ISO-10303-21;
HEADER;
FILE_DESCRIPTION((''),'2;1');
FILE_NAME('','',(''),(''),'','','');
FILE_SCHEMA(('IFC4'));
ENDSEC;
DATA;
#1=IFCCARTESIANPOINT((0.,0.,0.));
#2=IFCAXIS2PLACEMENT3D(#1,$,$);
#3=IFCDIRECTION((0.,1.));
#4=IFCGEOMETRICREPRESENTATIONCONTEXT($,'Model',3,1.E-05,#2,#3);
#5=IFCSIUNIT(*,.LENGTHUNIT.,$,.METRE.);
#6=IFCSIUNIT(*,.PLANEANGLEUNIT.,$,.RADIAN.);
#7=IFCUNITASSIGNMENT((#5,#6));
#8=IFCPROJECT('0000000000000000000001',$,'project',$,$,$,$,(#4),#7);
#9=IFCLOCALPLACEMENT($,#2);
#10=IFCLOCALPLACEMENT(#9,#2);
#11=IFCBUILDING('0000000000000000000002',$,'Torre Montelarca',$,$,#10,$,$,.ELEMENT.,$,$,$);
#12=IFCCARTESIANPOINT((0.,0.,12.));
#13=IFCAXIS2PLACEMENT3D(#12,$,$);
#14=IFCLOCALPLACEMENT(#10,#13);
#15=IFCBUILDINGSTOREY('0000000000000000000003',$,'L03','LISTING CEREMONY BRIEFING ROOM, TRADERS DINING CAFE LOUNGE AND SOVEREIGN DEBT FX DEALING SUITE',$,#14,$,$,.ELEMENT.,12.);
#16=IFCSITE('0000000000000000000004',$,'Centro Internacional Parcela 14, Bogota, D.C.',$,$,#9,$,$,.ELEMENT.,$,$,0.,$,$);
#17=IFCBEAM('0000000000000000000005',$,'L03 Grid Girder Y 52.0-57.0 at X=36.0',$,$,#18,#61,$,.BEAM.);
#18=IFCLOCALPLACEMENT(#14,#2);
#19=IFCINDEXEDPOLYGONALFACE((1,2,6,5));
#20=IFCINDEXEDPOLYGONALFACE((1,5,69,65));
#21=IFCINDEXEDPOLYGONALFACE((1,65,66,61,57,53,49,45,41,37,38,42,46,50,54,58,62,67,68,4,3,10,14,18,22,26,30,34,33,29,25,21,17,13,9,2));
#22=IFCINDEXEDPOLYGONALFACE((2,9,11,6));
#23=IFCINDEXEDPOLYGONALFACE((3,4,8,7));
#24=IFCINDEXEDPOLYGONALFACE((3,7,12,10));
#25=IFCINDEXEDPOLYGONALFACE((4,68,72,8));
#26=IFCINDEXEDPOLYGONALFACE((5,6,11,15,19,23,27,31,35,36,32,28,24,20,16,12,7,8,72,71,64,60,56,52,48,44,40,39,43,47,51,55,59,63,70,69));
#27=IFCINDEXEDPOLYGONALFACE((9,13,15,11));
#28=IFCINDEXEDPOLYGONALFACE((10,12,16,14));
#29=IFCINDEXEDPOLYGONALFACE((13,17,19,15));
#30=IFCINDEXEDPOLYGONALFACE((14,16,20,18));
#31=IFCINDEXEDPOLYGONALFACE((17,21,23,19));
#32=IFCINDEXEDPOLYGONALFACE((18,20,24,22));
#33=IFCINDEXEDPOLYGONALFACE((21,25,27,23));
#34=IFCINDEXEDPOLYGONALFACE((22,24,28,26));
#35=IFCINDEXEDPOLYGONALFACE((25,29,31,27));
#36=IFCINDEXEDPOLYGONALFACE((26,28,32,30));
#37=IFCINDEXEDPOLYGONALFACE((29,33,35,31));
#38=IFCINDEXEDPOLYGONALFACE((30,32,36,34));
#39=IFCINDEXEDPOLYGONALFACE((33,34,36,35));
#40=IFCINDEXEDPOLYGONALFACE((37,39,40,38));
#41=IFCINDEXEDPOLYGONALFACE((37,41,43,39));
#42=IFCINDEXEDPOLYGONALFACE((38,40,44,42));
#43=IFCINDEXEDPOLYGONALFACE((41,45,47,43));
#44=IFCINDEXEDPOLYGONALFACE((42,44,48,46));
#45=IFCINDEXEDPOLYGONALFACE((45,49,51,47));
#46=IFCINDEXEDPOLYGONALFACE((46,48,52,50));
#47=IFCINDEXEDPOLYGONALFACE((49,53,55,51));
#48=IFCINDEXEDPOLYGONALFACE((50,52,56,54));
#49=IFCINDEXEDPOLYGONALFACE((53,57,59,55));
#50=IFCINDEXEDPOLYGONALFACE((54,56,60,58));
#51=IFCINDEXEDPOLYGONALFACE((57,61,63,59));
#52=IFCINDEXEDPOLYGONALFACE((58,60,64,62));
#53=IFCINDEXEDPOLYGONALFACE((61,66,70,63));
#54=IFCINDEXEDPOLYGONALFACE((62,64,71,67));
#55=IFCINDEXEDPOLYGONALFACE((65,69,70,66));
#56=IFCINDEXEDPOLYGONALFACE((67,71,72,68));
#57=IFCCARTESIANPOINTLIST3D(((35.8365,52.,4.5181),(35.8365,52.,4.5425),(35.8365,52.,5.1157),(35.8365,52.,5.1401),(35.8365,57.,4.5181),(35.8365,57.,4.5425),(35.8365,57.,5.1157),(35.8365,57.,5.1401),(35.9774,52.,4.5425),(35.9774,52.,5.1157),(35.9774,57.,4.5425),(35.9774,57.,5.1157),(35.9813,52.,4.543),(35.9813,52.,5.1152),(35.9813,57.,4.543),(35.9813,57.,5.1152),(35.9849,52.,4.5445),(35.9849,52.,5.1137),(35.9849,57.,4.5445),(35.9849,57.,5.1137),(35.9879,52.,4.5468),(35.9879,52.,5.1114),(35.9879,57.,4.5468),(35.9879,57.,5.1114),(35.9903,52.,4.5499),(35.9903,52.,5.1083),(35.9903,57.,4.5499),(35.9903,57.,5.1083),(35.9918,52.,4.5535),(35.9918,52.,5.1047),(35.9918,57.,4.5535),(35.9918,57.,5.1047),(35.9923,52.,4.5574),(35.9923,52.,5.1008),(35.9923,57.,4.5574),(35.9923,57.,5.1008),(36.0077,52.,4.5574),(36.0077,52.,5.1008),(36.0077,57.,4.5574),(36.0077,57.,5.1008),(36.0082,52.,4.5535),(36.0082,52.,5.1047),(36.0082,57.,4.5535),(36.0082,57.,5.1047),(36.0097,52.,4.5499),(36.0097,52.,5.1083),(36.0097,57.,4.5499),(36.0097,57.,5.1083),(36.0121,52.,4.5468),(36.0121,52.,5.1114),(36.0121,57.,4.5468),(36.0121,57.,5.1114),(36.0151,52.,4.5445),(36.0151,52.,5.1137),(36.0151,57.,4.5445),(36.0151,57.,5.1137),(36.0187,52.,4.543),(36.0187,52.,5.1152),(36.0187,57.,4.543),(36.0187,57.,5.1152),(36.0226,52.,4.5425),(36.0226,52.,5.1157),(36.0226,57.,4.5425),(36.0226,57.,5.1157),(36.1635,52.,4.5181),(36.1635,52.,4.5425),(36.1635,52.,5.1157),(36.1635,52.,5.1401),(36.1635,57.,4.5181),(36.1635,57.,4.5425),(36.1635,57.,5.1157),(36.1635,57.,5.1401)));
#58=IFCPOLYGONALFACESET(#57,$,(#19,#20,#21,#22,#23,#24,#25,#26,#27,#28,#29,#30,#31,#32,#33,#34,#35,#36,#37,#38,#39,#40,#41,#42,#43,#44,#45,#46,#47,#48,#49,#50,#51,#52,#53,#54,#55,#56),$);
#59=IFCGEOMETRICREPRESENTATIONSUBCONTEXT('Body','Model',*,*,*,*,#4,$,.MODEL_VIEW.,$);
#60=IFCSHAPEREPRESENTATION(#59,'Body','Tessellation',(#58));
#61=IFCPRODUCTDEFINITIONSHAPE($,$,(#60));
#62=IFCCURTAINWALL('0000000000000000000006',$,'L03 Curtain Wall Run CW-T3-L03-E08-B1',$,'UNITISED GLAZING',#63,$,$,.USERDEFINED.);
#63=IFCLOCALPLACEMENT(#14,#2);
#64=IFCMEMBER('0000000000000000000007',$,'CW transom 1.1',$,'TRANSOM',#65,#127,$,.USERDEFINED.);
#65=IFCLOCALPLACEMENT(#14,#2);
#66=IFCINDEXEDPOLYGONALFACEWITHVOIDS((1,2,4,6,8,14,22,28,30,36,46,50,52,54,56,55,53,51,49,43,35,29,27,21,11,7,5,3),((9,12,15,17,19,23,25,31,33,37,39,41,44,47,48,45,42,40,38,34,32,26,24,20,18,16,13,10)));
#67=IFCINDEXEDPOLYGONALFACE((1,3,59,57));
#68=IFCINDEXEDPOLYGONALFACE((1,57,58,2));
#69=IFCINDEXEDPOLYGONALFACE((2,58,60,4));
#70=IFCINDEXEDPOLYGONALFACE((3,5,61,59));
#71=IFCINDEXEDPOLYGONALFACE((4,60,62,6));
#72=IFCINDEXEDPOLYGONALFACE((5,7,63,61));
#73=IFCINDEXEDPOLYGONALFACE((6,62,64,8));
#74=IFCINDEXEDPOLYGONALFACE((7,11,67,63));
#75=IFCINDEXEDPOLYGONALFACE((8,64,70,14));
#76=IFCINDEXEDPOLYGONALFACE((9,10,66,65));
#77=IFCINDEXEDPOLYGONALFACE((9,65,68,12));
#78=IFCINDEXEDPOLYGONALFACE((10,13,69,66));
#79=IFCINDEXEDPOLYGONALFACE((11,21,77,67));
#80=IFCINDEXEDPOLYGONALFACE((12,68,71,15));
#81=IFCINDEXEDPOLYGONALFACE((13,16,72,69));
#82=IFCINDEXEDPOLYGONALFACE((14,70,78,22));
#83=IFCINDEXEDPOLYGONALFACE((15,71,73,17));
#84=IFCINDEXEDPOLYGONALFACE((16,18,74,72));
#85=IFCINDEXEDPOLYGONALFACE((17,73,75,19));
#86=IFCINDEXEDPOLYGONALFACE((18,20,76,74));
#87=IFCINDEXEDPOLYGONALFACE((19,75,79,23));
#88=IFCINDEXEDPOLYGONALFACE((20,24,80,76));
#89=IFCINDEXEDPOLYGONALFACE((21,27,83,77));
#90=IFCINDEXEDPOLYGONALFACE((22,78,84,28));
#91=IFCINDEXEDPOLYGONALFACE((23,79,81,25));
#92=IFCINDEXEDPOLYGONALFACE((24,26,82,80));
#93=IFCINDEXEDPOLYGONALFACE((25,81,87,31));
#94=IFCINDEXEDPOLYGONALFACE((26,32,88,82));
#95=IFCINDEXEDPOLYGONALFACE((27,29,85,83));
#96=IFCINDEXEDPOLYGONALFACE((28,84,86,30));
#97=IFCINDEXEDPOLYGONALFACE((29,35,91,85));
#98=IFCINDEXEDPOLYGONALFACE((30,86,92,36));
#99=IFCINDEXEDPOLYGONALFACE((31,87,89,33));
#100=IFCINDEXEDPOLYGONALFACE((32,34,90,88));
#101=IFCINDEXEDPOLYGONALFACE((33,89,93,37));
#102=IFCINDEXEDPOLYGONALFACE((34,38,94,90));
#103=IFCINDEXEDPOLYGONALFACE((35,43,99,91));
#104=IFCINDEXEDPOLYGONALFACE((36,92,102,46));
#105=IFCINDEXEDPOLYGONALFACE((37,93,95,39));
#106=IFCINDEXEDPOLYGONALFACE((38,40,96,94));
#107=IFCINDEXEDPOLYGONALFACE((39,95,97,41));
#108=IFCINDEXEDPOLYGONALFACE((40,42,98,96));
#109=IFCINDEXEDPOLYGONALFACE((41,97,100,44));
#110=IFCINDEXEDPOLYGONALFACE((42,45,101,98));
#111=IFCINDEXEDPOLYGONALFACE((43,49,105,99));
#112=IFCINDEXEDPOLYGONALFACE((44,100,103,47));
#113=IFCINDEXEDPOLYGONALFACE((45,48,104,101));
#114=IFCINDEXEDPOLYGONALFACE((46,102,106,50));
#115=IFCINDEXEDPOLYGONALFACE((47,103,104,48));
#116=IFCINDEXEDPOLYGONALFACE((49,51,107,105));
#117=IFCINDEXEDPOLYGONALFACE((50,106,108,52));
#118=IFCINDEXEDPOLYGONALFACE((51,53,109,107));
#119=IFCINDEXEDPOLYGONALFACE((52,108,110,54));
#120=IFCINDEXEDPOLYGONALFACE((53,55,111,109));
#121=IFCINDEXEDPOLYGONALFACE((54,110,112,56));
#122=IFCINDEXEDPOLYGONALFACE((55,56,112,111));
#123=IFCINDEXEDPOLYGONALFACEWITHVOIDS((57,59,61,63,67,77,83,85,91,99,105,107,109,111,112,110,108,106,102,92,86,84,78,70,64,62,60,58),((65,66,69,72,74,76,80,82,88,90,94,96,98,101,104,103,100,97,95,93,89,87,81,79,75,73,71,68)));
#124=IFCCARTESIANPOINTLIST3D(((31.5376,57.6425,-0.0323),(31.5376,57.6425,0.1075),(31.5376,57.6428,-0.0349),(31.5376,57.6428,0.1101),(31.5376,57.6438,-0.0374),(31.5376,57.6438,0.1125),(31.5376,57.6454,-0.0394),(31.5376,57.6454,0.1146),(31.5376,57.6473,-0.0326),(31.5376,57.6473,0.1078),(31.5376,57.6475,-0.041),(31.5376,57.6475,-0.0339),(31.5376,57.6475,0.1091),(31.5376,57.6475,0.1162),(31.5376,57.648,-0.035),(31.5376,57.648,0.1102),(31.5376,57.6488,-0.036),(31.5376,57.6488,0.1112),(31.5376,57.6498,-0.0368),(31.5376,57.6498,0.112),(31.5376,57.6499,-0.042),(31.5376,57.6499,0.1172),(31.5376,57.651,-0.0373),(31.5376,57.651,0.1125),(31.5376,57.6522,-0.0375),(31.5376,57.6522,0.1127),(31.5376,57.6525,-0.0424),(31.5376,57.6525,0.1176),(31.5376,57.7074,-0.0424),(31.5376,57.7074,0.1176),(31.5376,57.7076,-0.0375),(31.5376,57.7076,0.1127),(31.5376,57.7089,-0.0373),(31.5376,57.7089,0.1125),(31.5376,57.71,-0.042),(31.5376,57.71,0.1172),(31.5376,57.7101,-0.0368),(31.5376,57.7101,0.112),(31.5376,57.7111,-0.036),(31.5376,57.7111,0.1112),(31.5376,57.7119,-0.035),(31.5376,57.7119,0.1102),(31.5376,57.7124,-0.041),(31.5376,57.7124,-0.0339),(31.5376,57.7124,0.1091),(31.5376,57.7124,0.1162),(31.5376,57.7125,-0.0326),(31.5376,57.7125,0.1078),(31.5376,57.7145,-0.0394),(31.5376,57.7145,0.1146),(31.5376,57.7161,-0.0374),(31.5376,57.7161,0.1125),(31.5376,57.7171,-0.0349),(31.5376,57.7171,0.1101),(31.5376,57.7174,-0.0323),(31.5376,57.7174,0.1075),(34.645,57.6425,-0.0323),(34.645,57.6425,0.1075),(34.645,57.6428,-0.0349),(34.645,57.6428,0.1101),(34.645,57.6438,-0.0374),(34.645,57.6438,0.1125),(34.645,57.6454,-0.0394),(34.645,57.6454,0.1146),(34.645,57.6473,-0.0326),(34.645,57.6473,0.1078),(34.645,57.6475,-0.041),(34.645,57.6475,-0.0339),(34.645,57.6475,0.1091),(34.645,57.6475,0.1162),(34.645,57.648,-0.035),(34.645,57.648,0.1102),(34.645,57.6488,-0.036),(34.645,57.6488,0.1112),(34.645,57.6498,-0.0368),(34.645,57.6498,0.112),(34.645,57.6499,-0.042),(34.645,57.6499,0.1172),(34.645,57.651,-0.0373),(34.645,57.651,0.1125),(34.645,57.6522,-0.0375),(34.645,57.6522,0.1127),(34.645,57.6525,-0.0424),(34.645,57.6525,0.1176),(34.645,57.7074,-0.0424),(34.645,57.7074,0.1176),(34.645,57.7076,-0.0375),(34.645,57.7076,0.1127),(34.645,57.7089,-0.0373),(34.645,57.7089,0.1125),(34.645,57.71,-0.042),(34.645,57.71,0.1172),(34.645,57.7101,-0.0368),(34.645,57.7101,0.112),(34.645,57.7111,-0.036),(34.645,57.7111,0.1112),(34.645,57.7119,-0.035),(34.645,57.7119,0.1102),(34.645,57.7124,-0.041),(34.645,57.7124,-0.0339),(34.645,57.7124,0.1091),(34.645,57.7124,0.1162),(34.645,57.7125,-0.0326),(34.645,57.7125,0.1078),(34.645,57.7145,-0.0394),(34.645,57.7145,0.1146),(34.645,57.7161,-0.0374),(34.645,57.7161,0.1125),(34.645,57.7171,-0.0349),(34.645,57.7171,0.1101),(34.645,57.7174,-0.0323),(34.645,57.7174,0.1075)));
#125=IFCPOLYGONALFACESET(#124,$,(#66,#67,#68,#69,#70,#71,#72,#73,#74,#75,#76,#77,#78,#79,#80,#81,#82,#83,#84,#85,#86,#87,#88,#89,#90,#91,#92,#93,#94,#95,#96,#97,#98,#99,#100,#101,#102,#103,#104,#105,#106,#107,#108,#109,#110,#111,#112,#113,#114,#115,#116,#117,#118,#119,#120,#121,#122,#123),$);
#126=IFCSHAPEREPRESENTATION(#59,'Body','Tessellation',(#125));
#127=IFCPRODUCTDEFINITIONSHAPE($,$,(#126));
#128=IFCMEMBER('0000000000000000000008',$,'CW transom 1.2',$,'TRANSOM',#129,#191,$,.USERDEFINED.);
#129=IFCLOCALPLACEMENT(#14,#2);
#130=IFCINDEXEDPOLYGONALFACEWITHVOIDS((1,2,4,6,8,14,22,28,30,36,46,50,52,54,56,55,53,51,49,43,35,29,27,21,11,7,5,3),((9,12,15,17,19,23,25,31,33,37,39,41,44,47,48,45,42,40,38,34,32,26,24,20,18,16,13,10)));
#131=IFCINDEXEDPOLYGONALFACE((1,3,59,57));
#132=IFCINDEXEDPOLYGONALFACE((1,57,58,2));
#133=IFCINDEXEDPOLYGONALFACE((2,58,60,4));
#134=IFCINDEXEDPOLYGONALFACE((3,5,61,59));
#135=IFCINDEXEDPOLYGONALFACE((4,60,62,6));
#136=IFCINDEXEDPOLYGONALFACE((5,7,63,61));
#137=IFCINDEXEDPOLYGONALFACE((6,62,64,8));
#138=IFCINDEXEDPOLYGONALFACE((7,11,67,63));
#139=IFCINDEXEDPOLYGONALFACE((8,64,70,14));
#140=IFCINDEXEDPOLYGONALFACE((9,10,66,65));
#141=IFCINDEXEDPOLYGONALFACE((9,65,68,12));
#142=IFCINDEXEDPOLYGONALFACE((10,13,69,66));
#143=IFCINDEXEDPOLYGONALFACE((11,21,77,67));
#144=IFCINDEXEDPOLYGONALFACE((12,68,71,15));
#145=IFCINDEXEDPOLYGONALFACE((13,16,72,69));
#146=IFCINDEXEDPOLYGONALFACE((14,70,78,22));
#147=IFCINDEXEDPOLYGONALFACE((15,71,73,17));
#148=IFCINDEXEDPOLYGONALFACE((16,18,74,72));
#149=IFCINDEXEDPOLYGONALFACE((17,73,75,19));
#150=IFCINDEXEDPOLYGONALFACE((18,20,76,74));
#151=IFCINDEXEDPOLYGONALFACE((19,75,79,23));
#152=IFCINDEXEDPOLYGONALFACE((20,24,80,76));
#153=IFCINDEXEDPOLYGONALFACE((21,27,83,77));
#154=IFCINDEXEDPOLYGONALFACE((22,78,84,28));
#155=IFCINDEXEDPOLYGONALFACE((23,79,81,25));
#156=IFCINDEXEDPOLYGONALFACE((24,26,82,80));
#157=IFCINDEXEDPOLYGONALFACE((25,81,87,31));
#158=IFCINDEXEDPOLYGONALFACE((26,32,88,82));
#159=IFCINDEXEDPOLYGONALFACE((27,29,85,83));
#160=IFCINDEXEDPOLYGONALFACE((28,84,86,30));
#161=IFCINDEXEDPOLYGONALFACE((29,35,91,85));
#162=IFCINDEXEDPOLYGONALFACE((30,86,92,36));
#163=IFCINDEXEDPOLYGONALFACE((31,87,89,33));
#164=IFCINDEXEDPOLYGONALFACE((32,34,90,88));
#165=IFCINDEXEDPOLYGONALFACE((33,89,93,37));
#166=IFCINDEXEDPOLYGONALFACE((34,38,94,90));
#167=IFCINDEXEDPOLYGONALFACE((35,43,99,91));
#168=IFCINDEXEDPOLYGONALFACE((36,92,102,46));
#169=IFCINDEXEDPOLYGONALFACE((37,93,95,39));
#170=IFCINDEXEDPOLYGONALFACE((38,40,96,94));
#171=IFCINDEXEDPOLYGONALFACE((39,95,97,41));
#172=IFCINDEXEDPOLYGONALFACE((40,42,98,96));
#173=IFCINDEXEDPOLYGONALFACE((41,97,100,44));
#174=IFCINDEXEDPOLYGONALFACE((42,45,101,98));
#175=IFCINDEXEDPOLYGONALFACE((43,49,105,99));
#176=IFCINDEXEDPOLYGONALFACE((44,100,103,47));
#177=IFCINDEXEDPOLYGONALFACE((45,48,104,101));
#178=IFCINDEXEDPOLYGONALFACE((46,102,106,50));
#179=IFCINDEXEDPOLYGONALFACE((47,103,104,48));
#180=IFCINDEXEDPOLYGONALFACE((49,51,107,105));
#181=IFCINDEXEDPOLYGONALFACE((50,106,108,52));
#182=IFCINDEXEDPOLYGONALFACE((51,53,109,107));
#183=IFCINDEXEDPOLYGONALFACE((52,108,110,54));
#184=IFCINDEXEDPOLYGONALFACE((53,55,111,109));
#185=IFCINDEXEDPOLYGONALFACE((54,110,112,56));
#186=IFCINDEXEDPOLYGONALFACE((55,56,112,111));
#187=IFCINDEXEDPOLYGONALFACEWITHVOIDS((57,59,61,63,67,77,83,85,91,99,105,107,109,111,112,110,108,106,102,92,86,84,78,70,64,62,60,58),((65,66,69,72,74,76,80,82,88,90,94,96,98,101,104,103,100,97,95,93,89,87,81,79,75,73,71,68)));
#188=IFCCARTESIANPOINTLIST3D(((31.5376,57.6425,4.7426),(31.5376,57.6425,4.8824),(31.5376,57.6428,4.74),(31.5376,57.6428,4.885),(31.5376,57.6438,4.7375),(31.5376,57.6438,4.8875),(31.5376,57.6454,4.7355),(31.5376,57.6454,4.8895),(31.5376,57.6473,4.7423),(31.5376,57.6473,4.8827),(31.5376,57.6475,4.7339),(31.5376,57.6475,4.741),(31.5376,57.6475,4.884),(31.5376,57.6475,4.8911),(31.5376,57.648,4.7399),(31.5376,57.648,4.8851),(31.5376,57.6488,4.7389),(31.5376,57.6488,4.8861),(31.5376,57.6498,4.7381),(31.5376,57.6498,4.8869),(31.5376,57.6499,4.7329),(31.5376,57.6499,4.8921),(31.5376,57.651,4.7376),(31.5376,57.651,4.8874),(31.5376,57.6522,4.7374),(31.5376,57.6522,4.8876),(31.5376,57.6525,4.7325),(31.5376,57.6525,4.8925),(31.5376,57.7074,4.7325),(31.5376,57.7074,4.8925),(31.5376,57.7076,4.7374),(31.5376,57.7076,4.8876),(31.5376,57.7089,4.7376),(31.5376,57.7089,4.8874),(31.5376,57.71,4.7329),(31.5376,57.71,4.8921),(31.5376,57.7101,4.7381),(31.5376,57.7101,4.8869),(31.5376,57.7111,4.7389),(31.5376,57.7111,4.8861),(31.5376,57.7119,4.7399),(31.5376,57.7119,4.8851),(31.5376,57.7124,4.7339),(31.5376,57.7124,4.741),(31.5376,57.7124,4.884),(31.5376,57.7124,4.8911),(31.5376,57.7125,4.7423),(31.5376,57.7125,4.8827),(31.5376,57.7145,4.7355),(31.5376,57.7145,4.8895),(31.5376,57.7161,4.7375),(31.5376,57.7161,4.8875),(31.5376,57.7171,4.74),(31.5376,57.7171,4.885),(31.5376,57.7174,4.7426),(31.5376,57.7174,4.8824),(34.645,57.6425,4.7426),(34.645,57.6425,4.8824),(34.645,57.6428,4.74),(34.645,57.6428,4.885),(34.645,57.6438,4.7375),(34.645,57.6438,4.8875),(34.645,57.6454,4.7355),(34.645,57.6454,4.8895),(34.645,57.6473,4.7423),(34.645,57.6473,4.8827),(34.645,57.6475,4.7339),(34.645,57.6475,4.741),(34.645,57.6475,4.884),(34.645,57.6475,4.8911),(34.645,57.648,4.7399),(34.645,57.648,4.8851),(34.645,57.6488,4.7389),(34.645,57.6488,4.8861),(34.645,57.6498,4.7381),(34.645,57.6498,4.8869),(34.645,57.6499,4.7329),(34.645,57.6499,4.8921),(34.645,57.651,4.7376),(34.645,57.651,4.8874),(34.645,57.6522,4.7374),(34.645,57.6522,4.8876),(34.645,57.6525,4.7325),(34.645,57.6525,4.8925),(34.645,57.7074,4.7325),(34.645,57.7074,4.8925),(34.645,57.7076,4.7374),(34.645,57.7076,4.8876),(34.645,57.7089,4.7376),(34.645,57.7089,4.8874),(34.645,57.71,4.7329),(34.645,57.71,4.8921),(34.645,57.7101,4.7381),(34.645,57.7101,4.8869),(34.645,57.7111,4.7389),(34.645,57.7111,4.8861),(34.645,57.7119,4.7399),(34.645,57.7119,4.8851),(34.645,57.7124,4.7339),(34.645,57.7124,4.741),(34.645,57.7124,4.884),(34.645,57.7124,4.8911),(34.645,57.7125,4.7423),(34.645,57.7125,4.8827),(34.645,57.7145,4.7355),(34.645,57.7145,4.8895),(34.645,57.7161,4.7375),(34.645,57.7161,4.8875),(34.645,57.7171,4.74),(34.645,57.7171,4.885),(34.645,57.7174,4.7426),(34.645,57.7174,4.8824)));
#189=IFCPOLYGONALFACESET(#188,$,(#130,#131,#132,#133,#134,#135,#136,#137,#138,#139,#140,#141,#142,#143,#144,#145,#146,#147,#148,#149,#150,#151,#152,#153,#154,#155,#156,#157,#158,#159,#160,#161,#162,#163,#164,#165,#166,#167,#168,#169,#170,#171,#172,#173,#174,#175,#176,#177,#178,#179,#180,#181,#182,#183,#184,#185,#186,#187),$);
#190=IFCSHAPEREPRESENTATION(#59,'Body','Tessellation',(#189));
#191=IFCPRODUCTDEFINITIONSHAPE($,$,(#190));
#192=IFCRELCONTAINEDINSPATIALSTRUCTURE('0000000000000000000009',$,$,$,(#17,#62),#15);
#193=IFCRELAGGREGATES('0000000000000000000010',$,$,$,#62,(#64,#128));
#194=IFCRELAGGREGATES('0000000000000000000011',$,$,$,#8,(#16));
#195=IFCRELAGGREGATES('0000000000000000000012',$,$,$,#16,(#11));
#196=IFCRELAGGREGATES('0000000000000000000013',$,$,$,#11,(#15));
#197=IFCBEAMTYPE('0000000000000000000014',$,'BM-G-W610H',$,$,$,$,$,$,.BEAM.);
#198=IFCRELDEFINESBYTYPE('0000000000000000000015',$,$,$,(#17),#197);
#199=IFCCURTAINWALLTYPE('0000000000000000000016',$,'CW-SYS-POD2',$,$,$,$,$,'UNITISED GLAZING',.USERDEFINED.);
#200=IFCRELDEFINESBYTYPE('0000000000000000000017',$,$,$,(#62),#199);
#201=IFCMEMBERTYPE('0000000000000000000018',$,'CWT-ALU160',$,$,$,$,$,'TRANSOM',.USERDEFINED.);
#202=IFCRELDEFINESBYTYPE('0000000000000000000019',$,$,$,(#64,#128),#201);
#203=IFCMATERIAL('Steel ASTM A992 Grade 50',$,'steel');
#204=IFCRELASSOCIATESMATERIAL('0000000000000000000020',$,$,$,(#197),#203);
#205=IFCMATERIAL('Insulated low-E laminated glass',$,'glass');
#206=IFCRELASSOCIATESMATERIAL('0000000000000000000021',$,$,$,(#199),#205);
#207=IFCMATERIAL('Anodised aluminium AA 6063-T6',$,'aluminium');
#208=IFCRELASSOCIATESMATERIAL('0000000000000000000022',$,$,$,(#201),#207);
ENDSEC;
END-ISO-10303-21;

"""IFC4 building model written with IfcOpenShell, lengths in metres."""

from ifc_helpers import new_model, si_unit, direction, frame, origin, origin_2d, place, context, subcontext, project, spatial, hollow_rectangle, i_section, extrude, source, transform, mapped, material, material_profile, profile_set, type_object, element, aggregate, save


model = new_model("IFC4")

# Units and contexts
model_context = context("Model", 3, precision=1e-05, world=origin(), true_north=direction((0.0, 1.0)))
body_context = subcontext(model_context, "Body", "Model", "MODEL_VIEW")
ifc_project = project(units=[si_unit("LENGTHUNIT", "METRE"), si_unit("PLANEANGLEUNIT", "RADIAN")], contexts=[model_context])

# Site, building, storey
site_placement = place(None, origin())
site = spatial("IfcSite", under=ifc_project, at=site_placement, Name="Centro Internacional Parcela 14, Bogota, D.C.", CompositionType="ELEMENT", RefElevation=0.0)
building_placement = place(site_placement, origin())
building = spatial("IfcBuilding", under=site, at=building_placement, Name="Torre Montelarca", CompositionType="ELEMENT")
storey_placement = place(building_placement, frame((0.0, 0.0, 12.0)))
storey = spatial("IfcBuildingStorey", under=building, at=storey_placement, Name="L03", Description="LISTING CEREMONY BRIEFING ROOM, TRADERS DINING CAFE LOUNGE AND SOVEREIGN DEBT FX DEALING SUITE", CompositionType="ELEMENT", Elevation=12.0)

# Beam
ifc_material_1 = material(Name="Steel ASTM A992 Grade 50", Category="steel")
ifc_material_profile_1 = material_profile(ifc_material_1, i_section(OverallWidth=0.3269, OverallDepth=0.6221, WebThickness=0.0154, FlangeThickness=0.0244, FilletRadius=0.0149, at=origin_2d()), Name="W610X195", Category="steel")
ifc_profile_set_1 = profile_set([ifc_material_profile_1], Name="Steel ASTM A992 Grade 50")
beam_type_1 = type_object("IfcBeamType", Name="BM-G-W610H", PredefinedType="BEAM", material=ifc_profile_set_1)
shared_shape_1 = source(origin(), body_context, "Body", "SweptSolid", [
    extrude(i_section(OverallWidth=0.3269, OverallDepth=0.6221, WebThickness=0.0154, FlangeThickness=0.0244, FilletRadius=0.0149, at=origin_2d()), origin(), (0.0, 0.0, 1.0), 5.0),
])
for number, where, z_axis, x_axis, name in (
    (1, (36.0, 52.0, 4.8291), (0.0, 1.0, 0.0), (-1.0, 0.0, 0.0), "L03 Grid Girder Y 52.0-57.0 at X=36.0"),
):
    element("IfcBeam", number, at=place(storey_placement, frame(where, z_axis=z_axis, x_axis=x_axis)), inside=storey, type_object=beam_type_1, Name=name, PredefinedType="BEAM", context=body_context, shape_type="MappedRepresentation", body=[
        mapped(shared_shape_1, transform((0.0, 0.0, 0.0), scale=1.0)),
    ])

# Curtain wall, members
ifc_material_2 = material(Name="Insulated low-E laminated glass", Category="glass")
curtain_wall_type = type_object("IfcCurtainWallType", Name="CW-SYS-POD2", ElementType="UNITISED GLAZING", PredefinedType="USERDEFINED", material=ifc_material_2)
curtain_wall_placement = place(storey_placement, origin())
curtain_wall = element("IfcCurtainWall", 2, at=curtain_wall_placement, inside=storey, type_object=curtain_wall_type, Name="L03 Curtain Wall Run CW-T3-L03-E08-B1", ObjectType="UNITISED GLAZING", PredefinedType="USERDEFINED")
ifc_material_3 = material(Name="Anodised aluminium AA 6063-T6", Category="aluminium")
ifc_material_profile_2 = material_profile(ifc_material_3, hollow_rectangle(XDim=0.075, YDim=0.1599, WallThickness=0.0049, InnerFilletRadius=0.0049, OuterFilletRadius=0.01, at=origin_2d()), Name="ALU75X160X5", Category="aluminium")
ifc_profile_set_2 = profile_set([ifc_material_profile_2], Name="Anodised aluminium AA 6063-T6")
member_type_1 = type_object("IfcMemberType", Name="CWT-ALU160", ElementType="TRANSOM", PredefinedType="USERDEFINED", material=ifc_profile_set_2)
shared_shape_2 = source(origin(), body_context, "Body", "SweptSolid", [
    extrude(hollow_rectangle(XDim=0.075, YDim=0.1599, WallThickness=0.0049, InnerFilletRadius=0.0049, OuterFilletRadius=0.01, at=origin_2d()), origin(), (0.0, 0.0, 1.0), 3.1074),
])
member_1_placement = place(storey_placement, frame((34.645, 57.6799, 0.0376), z_axis=(-1.0, 0.0, 0.0), x_axis=(0.0, -1.0, 0.0)))
member_1 = element("IfcMember", 3, at=member_1_placement, type_object=member_type_1, Name="CW transom 1.1", ObjectType="TRANSOM", PredefinedType="USERDEFINED", context=body_context, shape_type="MappedRepresentation", body=[
    mapped(shared_shape_2, transform((0.0, 0.0, 0.0), scale=1.0)),
])
member_2_placement = place(storey_placement, frame((34.645, 57.6799, 4.8125), z_axis=(-1.0, 0.0, 0.0), x_axis=(0.0, -1.0, 0.0)))
member_2 = element("IfcMember", 4, at=member_2_placement, type_object=member_type_1, Name="CW transom 1.2", ObjectType="TRANSOM", PredefinedType="USERDEFINED", context=body_context, shape_type="MappedRepresentation", body=[
    mapped(shared_shape_2, transform((0.0, 0.0, 0.0), scale=1.0)),
])
aggregate(curtain_wall, [member_1, member_2])

save(model, "model.ifc")
